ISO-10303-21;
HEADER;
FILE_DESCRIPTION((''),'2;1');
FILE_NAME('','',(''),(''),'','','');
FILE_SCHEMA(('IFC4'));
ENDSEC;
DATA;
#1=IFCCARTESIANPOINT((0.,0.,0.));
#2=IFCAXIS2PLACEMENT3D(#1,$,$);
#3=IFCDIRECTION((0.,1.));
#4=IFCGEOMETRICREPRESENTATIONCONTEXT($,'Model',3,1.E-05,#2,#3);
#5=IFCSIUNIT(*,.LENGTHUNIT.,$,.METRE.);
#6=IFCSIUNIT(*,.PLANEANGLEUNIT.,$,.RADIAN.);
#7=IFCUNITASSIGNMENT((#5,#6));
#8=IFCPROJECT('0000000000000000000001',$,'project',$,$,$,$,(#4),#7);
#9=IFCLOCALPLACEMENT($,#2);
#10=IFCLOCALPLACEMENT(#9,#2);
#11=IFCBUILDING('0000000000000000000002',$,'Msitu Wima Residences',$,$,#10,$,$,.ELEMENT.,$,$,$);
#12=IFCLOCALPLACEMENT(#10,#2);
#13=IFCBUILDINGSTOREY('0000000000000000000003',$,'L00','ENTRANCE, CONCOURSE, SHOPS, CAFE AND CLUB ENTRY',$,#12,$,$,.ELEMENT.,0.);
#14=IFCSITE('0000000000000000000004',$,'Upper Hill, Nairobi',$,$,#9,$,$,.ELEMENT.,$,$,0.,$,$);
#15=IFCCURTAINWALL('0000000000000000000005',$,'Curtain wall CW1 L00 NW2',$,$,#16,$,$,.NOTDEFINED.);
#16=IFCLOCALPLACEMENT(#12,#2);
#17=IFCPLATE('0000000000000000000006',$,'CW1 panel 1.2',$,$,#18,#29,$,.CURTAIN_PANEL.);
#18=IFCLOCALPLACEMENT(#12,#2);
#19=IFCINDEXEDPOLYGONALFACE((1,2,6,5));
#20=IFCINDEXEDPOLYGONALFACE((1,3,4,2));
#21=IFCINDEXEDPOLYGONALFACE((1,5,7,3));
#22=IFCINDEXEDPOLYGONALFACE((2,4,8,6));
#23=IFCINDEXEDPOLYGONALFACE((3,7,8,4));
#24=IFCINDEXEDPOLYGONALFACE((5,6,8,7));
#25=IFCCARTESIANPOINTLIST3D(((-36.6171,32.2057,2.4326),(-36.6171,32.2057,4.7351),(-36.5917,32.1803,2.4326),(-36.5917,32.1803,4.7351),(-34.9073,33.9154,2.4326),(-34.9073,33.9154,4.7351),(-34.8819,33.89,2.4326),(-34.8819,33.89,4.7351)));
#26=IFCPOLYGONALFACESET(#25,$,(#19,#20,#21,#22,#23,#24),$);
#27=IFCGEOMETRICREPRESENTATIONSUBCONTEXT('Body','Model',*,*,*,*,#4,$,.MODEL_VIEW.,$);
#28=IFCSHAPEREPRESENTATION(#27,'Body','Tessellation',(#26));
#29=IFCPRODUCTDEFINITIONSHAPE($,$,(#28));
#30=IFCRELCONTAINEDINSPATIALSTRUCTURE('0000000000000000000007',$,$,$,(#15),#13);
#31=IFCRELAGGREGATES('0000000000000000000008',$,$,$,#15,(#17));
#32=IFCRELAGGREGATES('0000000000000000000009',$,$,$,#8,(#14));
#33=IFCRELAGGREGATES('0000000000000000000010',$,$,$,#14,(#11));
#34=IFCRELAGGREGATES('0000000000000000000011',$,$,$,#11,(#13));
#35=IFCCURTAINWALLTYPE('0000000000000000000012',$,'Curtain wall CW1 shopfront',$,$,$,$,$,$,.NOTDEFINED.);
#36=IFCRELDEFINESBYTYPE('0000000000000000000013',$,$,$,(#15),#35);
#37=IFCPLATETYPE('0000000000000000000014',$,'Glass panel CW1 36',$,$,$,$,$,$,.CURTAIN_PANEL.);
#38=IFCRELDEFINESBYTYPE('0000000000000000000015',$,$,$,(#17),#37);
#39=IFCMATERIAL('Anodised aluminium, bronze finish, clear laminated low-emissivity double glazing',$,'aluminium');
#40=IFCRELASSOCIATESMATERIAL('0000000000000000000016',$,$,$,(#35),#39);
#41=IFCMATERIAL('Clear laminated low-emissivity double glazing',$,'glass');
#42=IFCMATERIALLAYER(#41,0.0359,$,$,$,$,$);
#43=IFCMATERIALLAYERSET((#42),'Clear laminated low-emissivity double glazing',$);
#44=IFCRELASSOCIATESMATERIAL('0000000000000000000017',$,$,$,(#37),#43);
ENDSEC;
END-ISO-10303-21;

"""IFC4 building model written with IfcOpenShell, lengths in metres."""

from ifc_helpers import new_model, si_unit, direction, frame, origin, origin_2d, place, context, subcontext, project, spatial, rectangle, extrude, material, layer, layer_set, type_object, element, aggregate, save


model = new_model("IFC4")

# Units and contexts
model_context = context("Model", 3, precision=1e-05, world=origin(), true_north=direction((0.0, 1.0)))
body_context = subcontext(model_context, "Body", "Model", "MODEL_VIEW")
ifc_project = project(units=[si_unit("LENGTHUNIT", "METRE"), si_unit("PLANEANGLEUNIT", "RADIAN")], contexts=[model_context])

# Site, building, storey
site_placement = place(None, origin())
site = spatial("IfcSite", under=ifc_project, at=site_placement, Name="Upper Hill, Nairobi", CompositionType="ELEMENT", RefElevation=0.0)
building_placement = place(site_placement, origin())
building = spatial("IfcBuilding", under=site, at=building_placement, Name="Msitu Wima Residences", CompositionType="ELEMENT")
storey_placement = place(building_placement, origin())
storey = spatial("IfcBuildingStorey", under=building, at=storey_placement, Name="L00", Description="ENTRANCE, CONCOURSE, SHOPS, CAFE AND CLUB ENTRY", CompositionType="ELEMENT", Elevation=0.0)

# Curtain wall
ifc_material_1 = material(Name="Anodised aluminium, bronze finish, clear laminated low-emissivity double glazing", Category="aluminium")
curtain_wall_type = type_object("IfcCurtainWallType", Name="Curtain wall CW1 shopfront", PredefinedType="NOTDEFINED", material=ifc_material_1)
curtain_wall_1_placement = place(storey_placement, origin())
curtain_wall_1 = element("IfcCurtainWall", 1, at=curtain_wall_1_placement, inside=storey, type_object=curtain_wall_type, Name="Curtain wall CW1 L00 NW2", PredefinedType="NOTDEFINED")

# Plate
ifc_material_2 = material(Name="Clear laminated low-emissivity double glazing", Category="glass")
ifc_layer = layer(ifc_material_2, 0.0359)
ifc_layer_set = layer_set([ifc_layer], Name="Clear laminated low-emissivity double glazing")
plate_type = type_object("IfcPlateType", Name="Glass panel CW1 36", PredefinedType="CURTAIN_PANEL", material=ifc_layer_set)
plate_1_placement = place(storey_placement, frame((-35.7495, 33.0479, 2.4326), z_axis=(0.0, 0.0, 1.0), x_axis=(-0.707107, -0.707107, 0.0)))
plate_1 = element("IfcPlate", 2, at=plate_1_placement, type_object=plate_type, Name="CW1 panel 1.2", PredefinedType="CURTAIN_PANEL", context=body_context, shape_type="SweptSolid", body=[
    extrude(rectangle(XDim=2.418, YDim=0.0359, at=origin_2d()), origin(), (0.0, 0.0, 1.0), 2.3025),
])
aggregate(curtain_wall_1, [plate_1])

save(model, "model.ifc")
